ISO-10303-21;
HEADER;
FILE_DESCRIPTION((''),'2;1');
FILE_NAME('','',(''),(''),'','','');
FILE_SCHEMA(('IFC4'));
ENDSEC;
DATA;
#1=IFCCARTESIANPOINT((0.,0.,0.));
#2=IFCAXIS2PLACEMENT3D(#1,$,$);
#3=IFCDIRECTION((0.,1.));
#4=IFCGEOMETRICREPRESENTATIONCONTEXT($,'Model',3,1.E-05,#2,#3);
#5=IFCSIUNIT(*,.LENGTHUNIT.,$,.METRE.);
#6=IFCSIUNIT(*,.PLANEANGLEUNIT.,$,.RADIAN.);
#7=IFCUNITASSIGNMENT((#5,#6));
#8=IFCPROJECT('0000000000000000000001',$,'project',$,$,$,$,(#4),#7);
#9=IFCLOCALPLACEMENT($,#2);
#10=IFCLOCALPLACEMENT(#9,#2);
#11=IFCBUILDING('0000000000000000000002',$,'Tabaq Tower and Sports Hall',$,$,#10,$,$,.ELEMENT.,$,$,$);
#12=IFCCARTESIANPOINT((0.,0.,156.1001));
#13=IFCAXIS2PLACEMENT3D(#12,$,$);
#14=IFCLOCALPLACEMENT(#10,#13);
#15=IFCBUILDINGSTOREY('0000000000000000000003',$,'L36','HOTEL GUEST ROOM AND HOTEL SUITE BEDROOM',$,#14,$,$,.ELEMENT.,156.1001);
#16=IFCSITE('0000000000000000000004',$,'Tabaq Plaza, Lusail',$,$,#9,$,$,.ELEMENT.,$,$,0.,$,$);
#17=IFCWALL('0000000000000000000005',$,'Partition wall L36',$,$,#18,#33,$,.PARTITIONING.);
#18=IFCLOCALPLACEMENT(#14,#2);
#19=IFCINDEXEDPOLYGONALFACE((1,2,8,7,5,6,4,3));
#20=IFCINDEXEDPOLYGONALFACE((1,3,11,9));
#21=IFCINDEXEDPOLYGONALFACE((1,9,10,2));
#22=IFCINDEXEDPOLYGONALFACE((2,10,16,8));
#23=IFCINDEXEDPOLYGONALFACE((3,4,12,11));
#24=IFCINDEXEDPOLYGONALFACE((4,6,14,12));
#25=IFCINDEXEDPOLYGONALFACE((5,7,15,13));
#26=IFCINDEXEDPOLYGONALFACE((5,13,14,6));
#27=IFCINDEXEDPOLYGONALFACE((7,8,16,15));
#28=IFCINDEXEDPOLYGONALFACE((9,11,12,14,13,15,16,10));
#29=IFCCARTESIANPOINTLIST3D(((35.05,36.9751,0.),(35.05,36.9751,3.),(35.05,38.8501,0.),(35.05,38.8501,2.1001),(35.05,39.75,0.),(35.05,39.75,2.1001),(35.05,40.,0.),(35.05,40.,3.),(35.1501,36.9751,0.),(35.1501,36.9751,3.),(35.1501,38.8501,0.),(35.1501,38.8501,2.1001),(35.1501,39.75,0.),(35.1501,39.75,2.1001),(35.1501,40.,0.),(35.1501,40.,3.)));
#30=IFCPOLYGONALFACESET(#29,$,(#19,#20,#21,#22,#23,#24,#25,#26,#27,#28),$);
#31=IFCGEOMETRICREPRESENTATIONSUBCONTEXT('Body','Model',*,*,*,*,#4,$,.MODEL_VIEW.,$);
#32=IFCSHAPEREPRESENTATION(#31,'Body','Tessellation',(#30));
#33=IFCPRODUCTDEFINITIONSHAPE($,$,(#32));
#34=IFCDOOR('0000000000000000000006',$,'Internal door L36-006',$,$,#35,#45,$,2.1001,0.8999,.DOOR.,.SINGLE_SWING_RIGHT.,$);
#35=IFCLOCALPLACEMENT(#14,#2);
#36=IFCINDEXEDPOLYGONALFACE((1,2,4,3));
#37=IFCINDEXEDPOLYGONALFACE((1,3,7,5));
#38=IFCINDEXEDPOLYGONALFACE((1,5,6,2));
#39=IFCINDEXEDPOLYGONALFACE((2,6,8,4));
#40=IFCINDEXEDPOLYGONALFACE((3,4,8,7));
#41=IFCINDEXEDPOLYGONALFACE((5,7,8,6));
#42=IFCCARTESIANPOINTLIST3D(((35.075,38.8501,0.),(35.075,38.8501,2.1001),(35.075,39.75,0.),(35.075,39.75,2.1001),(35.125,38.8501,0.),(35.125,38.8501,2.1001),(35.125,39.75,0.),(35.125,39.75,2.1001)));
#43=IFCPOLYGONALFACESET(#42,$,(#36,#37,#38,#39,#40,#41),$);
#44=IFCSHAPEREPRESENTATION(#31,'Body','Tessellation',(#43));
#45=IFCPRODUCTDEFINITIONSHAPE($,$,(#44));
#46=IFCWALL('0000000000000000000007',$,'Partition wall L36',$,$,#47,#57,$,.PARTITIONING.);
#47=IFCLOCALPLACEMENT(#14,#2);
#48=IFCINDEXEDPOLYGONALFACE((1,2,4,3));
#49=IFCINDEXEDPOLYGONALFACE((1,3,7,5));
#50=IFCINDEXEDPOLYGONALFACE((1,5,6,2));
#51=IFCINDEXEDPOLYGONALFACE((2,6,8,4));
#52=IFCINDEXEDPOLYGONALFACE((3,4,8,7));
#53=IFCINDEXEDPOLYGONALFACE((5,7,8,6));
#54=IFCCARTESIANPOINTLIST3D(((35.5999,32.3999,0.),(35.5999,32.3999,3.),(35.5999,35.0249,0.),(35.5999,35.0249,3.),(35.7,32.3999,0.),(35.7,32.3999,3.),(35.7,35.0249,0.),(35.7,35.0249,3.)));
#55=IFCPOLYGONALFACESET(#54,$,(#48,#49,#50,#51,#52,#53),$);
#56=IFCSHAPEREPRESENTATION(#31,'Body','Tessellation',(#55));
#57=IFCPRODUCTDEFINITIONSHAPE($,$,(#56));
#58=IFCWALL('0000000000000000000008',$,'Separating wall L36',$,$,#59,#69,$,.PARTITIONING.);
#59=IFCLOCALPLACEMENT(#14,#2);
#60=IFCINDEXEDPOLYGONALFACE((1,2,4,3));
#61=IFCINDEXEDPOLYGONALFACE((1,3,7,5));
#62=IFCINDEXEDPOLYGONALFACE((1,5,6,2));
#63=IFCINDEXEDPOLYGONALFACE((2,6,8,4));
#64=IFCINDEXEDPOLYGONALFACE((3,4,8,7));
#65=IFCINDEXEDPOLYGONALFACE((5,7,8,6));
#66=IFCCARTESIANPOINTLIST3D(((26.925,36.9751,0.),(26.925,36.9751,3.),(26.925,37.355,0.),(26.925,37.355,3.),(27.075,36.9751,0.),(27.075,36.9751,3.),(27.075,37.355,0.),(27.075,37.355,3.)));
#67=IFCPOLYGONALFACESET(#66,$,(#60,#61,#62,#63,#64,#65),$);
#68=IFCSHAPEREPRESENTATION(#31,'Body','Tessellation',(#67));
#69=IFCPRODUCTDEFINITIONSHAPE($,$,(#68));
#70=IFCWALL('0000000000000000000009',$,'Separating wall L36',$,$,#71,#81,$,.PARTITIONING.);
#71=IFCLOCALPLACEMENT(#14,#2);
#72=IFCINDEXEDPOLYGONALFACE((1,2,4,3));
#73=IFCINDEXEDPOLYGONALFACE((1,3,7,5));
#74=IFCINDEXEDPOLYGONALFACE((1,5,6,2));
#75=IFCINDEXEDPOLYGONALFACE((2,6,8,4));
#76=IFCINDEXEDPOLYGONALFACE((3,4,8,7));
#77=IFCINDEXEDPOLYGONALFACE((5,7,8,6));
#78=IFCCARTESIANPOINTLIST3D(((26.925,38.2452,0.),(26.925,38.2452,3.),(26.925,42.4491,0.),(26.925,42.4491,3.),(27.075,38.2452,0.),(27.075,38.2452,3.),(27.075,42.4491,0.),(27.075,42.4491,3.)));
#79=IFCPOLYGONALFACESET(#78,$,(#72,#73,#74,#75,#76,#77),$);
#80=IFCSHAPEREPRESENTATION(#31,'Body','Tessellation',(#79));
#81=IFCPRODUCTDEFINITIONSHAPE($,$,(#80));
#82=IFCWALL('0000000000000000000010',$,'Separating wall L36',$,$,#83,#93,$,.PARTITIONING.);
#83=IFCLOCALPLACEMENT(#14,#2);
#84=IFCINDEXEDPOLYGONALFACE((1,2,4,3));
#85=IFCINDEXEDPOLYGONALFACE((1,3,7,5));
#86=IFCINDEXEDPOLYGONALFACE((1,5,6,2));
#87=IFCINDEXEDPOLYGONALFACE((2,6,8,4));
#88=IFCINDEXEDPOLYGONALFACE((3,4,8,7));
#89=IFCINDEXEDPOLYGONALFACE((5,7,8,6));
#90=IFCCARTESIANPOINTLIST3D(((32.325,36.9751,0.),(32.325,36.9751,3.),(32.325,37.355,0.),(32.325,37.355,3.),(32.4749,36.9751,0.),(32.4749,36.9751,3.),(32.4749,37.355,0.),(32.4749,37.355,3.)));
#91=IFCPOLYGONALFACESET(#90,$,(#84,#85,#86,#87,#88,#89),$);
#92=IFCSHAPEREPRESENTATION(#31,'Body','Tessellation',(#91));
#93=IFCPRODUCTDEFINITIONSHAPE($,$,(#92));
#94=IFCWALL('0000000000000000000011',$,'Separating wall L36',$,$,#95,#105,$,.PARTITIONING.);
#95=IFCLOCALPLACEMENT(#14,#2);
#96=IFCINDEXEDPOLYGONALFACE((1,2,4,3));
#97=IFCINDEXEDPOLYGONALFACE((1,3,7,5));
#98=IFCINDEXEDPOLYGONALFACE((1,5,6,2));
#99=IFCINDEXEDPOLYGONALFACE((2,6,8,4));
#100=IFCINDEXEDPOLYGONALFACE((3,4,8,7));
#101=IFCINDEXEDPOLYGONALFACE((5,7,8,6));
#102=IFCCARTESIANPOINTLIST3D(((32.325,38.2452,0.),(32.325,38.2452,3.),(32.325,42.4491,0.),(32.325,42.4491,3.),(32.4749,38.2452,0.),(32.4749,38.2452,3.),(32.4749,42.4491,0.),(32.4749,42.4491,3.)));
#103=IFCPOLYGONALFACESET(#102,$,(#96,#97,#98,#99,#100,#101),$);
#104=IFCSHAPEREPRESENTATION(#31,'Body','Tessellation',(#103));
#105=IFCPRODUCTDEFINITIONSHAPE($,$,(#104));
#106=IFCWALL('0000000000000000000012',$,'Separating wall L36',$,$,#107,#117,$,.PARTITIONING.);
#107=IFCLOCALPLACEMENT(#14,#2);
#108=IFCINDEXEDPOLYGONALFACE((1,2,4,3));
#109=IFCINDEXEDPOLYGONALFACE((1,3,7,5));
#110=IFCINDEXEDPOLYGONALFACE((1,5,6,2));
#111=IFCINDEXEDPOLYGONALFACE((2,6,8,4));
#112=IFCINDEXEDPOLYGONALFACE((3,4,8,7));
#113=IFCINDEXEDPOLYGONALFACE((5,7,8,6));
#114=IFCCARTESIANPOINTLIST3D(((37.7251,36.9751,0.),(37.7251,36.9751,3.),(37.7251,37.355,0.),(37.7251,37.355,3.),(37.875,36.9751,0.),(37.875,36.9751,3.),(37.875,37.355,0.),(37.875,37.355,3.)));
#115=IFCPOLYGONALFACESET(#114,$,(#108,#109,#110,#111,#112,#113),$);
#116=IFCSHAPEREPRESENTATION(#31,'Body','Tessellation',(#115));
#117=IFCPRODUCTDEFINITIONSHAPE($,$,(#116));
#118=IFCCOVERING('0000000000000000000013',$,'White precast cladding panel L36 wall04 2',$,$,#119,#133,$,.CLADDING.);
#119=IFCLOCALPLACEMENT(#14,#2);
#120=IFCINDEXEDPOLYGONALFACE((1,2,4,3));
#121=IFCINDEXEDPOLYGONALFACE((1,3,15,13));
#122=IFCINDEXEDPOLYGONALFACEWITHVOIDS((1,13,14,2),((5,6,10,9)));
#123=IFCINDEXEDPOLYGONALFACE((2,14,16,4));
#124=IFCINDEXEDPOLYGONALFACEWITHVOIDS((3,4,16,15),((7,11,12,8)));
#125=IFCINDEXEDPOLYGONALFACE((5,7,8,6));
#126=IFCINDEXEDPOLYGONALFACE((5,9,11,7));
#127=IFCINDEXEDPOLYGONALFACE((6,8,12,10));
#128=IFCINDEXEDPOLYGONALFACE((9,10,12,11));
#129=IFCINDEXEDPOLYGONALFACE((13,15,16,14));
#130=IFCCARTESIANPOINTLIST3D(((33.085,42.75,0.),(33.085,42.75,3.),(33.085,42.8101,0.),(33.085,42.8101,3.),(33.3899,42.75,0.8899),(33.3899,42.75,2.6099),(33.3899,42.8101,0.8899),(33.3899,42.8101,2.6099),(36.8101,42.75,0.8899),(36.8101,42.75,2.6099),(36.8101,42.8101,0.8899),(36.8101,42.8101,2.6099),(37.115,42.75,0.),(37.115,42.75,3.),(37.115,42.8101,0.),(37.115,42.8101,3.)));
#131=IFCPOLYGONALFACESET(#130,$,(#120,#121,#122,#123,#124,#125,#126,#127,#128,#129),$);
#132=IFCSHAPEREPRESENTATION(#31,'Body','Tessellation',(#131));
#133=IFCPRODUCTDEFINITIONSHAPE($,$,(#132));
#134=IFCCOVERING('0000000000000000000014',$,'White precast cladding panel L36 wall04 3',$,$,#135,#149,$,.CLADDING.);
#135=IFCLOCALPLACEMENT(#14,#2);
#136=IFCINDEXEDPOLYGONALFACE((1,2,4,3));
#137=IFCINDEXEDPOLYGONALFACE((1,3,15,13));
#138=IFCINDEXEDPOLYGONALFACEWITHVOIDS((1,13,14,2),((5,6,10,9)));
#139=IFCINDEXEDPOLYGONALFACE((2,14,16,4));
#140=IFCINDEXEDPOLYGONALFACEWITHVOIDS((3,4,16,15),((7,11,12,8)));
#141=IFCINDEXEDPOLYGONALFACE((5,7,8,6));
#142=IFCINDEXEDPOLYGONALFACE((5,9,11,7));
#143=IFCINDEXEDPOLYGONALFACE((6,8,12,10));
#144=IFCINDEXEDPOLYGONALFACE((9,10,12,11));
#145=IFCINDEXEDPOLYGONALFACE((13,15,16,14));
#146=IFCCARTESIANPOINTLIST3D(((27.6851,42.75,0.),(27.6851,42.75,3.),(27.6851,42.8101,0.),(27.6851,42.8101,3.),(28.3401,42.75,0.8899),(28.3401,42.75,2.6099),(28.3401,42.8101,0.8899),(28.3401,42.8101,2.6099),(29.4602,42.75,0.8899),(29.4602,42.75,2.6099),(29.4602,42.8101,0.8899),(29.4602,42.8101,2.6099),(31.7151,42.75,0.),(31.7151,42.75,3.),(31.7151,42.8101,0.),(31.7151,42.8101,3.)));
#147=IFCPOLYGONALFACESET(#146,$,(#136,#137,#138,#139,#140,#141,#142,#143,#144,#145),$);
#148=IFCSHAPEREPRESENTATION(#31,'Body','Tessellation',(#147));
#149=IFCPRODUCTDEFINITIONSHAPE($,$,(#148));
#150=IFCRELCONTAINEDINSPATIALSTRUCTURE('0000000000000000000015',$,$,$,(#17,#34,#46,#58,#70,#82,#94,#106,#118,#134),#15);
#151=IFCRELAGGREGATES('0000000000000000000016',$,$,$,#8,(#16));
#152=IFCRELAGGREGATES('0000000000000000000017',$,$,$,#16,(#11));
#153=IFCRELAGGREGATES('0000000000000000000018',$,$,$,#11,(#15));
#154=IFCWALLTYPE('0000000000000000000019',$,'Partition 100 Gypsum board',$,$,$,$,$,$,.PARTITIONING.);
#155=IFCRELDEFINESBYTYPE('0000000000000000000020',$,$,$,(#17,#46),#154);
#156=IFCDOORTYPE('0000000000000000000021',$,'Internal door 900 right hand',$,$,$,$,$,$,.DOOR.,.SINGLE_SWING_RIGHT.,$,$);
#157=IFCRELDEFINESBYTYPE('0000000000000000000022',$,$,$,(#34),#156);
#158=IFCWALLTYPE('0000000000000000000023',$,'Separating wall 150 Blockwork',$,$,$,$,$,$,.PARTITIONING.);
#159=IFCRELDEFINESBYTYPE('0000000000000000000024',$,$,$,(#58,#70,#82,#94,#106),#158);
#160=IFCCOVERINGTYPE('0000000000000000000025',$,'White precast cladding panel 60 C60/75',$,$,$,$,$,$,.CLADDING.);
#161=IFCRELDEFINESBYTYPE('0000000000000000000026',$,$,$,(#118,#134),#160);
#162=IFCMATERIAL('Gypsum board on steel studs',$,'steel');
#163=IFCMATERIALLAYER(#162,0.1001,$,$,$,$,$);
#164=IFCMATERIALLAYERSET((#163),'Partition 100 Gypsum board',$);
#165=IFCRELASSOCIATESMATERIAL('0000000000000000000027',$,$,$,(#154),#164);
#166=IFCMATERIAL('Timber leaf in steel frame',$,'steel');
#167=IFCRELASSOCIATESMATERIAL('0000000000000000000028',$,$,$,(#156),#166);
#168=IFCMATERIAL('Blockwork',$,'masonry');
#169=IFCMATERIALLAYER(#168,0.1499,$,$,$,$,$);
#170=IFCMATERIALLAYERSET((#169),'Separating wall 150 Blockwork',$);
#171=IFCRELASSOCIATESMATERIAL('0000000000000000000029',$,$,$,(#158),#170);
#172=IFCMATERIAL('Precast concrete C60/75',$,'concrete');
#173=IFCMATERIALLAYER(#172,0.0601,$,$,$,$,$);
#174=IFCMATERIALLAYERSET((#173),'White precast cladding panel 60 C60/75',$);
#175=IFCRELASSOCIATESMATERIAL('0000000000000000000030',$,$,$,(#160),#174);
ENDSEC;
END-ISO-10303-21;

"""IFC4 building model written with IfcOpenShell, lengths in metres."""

from ifc_helpers import new_model, si_unit, direction, frame, frame_2d, origin, place, context, subcontext, project, spatial, polyline, rectangle, outline, extrude, material, layer, layer_set, type_object, element, fill, save


model = new_model("IFC4")

# Units and contexts
model_context = context("Model", 3, precision=1e-05, world=origin(), true_north=direction((0.0, 1.0)))
body_context = subcontext(model_context, "Body", "Model", "MODEL_VIEW")
ifc_project = project(units=[si_unit("LENGTHUNIT", "METRE"), si_unit("PLANEANGLEUNIT", "RADIAN")], contexts=[model_context])

# Site, building, storey
site_placement = place(None, origin())
site = spatial("IfcSite", under=ifc_project, at=site_placement, Name="Tabaq Plaza, Lusail", CompositionType="ELEMENT", RefElevation=0.0)
building_placement = place(site_placement, origin())
building = spatial("IfcBuilding", under=site, at=building_placement, Name="Tabaq Tower and Sports Hall", CompositionType="ELEMENT")
storey_placement = place(building_placement, frame((0.0, 0.0, 156.1001)))
storey = spatial("IfcBuildingStorey", under=building, at=storey_placement, Name="L36", Description="HOTEL GUEST ROOM AND HOTEL SUITE BEDROOM", CompositionType="ELEMENT", Elevation=156.1001)

# Shared definitions
ifc_material_1 = material(Name="Gypsum board on steel studs", Category="steel")
ifc_layer_1 = layer(ifc_material_1, 0.1001)
ifc_layer_set_1 = layer_set([ifc_layer_1], Name="Partition 100 Gypsum board")
wall_type_1 = type_object("IfcWallType", Name="Partition 100 Gypsum board", PredefinedType="PARTITIONING", material=ifc_layer_set_1)

# Wall, opening, door
wall_1_placement = place(storey_placement, frame((35.1001, 40.0, 0.0), z_axis=(0.0, 0.0, 1.0), x_axis=(0.0, -1.0, 0.0)))
wall_1 = element("IfcWall", 1, at=wall_1_placement, inside=storey, type_object=wall_type_1, Name="Partition wall L36", PredefinedType="PARTITIONING", context=body_context, shape_type="SweptSolid", body=[
    extrude(rectangle(XDim=3.0249, YDim=0.1001, at=frame_2d((1.5125, 0.0))), origin(), (0.0, 0.0, 1.0), 3.0),
])
opening_1_placement = place(wall_1_placement, frame((0.25, 0.0, 0.0)))
opening_1 = element("IfcOpeningElement", 2, at=opening_1_placement, cuts=wall_1, PredefinedType="OPENING", context=body_context, shape_type="SweptSolid", body=[
    extrude(rectangle(XDim=0.8999, YDim=2.1001, at=frame_2d((0.45, 1.05))), frame((0.0, 0.05, 0.0), z_axis=(0.0, -1.0, 0.0), x_axis=(1.0, 0.0, 0.0)), (0.0, 0.0, 1.0), 0.1001),
])
ifc_material_2 = material(Name="Timber leaf in steel frame", Category="steel")
door_type_1 = type_object("IfcDoorType", Name="Internal door 900 right hand", OperationType="SINGLE_SWING_RIGHT", PredefinedType="DOOR", material=ifc_material_2)
door_1_placement = place(opening_1_placement, origin())
door_1 = element("IfcDoor", 3, at=door_1_placement, inside=storey, type_object=door_type_1, Name="Internal door L36-006", OperationType="SINGLE_SWING_RIGHT", OverallHeight=2.1001, OverallWidth=0.8999, PredefinedType="DOOR", context=body_context, shape_type="SweptSolid", body=[
    extrude(rectangle(XDim=0.8999, YDim=2.1001, at=frame_2d((0.45, 1.05))), frame((0.0, 0.0249, 0.0), z_axis=(0.0, -1.0, 0.0), x_axis=(1.0, 0.0, 0.0)), (0.0, 0.0, 1.0), 0.05),
])
fill(opening_1, door_1)

# Walls
wall_2_placement = place(storey_placement, frame((35.6499, 35.0249, 0.0), z_axis=(0.0, 0.0, 1.0), x_axis=(0.0, -1.0, 0.0)))
element("IfcWall", 4, at=wall_2_placement, inside=storey, type_object=wall_type_1, Name="Partition wall L36", PredefinedType="PARTITIONING", context=body_context, shape_type="SweptSolid", body=[
    extrude(rectangle(XDim=2.625, YDim=0.1001, at=frame_2d((1.3125, 0.0))), origin(), (0.0, 0.0, 1.0), 3.0),
])
ifc_material_3 = material(Name="Blockwork", Category="masonry")
ifc_layer_2 = layer(ifc_material_3, 0.1499)
ifc_layer_set_2 = layer_set([ifc_layer_2], Name="Separating wall 150 Blockwork")
wall_type_2 = type_object("IfcWallType", Name="Separating wall 150 Blockwork", PredefinedType="PARTITIONING", material=ifc_layer_set_2)
wall_3_placement = place(storey_placement, frame((27.0, 36.9751, 0.0), z_axis=(0.0, 0.0, 1.0), x_axis=(0.0, 1.0, 0.0)))
element("IfcWall", 5, at=wall_3_placement, inside=storey, type_object=wall_type_2, Name="Separating wall L36", PredefinedType="PARTITIONING", context=body_context, shape_type="SweptSolid", body=[
    extrude(rectangle(XDim=0.3799, YDim=0.1499, at=frame_2d((0.1899, 0.0))), origin(), (0.0, 0.0, 1.0), 3.0),
])
wall_4_placement = place(storey_placement, frame((27.0, 38.2451, 0.0), z_axis=(0.0, 0.0, 1.0), x_axis=(0.0, 1.0, 0.0)))
element("IfcWall", 6, at=wall_4_placement, inside=storey, type_object=wall_type_2, Name="Separating wall L36", PredefinedType="PARTITIONING", context=body_context, shape_type="SweptSolid", body=[
    extrude(rectangle(XDim=4.2039, YDim=0.1499, at=frame_2d((2.1021, 0.0))), origin(), (0.0, 0.0, 1.0), 3.0),
])
wall_5_placement = place(storey_placement, frame((32.3999, 36.9751, 0.0), z_axis=(0.0, 0.0, 1.0), x_axis=(0.0, 1.0, 0.0)))
element("IfcWall", 7, at=wall_5_placement, inside=storey, type_object=wall_type_2, Name="Separating wall L36", PredefinedType="PARTITIONING", context=body_context, shape_type="SweptSolid", body=[
    extrude(rectangle(XDim=0.3799, YDim=0.1499, at=frame_2d((0.1899, 0.0))), origin(), (0.0, 0.0, 1.0), 3.0),
])
wall_6_placement = place(storey_placement, frame((32.3999, 38.2451, 0.0), z_axis=(0.0, 0.0, 1.0), x_axis=(0.0, 1.0, 0.0)))
element("IfcWall", 8, at=wall_6_placement, inside=storey, type_object=wall_type_2, Name="Separating wall L36", PredefinedType="PARTITIONING", context=body_context, shape_type="SweptSolid", body=[
    extrude(rectangle(XDim=4.2039, YDim=0.1499, at=frame_2d((2.1021, 0.0))), origin(), (0.0, 0.0, 1.0), 3.0),
])
wall_7_placement = place(storey_placement, frame((37.8, 36.9751, 0.0), z_axis=(0.0, 0.0, 1.0), x_axis=(0.0, 1.0, 0.0)))
element("IfcWall", 9, at=wall_7_placement, inside=storey, type_object=wall_type_2, Name="Separating wall L36", PredefinedType="PARTITIONING", context=body_context, shape_type="SweptSolid", body=[
    extrude(rectangle(XDim=0.3799, YDim=0.1499, at=frame_2d((0.1899, 0.0))), origin(), (0.0, 0.0, 1.0), 3.0),
])

# Coverings
ifc_material_4 = material(Name="Precast concrete C60/75", Category="concrete")
ifc_layer_3 = layer(ifc_material_4, 0.0601)
ifc_layer_set_3 = layer_set([ifc_layer_3], Name="White precast cladding panel 60 C60/75")
covering_type = type_object("IfcCoveringType", Name="White precast cladding panel 60 C60/75", PredefinedType="CLADDING", material=ifc_layer_set_3)
covering_1_placement = place(storey_placement, frame((37.115, 42.78, 0.0), z_axis=(0.0, 0.0, 1.0), x_axis=(-1.0, 0.0, 0.0)))
element("IfcCovering", 10, at=covering_1_placement, inside=storey, type_object=covering_type, Name="White precast cladding panel L36 wall04 2", PredefinedType="CLADDING", context=body_context, shape_type="SweptSolid", body=[
    extrude(outline(polyline([(0.0, 0.0), (4.03, 0.0), (4.03, 3.0), (0.0, 3.0), (0.0, 0.0)]), holes=[polyline([(0.3049, 0.8899), (0.3049, 2.6099), (3.7251, 2.6099), (3.7251, 0.8899), (0.3049, 0.8899)])]), frame((0.0, 0.03, 0.0), z_axis=(0.0, -1.0, 0.0), x_axis=(1.0, 0.0, 0.0)), (0.0, 0.0, 1.0), 0.0601),
])
covering_2_placement = place(storey_placement, frame((31.7151, 42.78, 0.0), z_axis=(0.0, 0.0, 1.0), x_axis=(-1.0, 0.0, 0.0)))
element("IfcCovering", 11, at=covering_2_placement, inside=storey, type_object=covering_type, Name="White precast cladding panel L36 wall04 3", PredefinedType="CLADDING", context=body_context, shape_type="SweptSolid", body=[
    extrude(outline(polyline([(0.0, 0.0), (4.03, 0.0), (4.03, 3.0), (0.0, 3.0), (0.0, 0.0)]), holes=[polyline([(2.2549, 0.8899), (2.2549, 2.6099), (3.375, 2.6099), (3.375, 0.8899), (2.2549, 0.8899)])]), frame((0.0, 0.03, 0.0), z_axis=(0.0, -1.0, 0.0), x_axis=(1.0, 0.0, 0.0)), (0.0, 0.0, 1.0), 0.0601),
])

save(model, "model.ifc")
